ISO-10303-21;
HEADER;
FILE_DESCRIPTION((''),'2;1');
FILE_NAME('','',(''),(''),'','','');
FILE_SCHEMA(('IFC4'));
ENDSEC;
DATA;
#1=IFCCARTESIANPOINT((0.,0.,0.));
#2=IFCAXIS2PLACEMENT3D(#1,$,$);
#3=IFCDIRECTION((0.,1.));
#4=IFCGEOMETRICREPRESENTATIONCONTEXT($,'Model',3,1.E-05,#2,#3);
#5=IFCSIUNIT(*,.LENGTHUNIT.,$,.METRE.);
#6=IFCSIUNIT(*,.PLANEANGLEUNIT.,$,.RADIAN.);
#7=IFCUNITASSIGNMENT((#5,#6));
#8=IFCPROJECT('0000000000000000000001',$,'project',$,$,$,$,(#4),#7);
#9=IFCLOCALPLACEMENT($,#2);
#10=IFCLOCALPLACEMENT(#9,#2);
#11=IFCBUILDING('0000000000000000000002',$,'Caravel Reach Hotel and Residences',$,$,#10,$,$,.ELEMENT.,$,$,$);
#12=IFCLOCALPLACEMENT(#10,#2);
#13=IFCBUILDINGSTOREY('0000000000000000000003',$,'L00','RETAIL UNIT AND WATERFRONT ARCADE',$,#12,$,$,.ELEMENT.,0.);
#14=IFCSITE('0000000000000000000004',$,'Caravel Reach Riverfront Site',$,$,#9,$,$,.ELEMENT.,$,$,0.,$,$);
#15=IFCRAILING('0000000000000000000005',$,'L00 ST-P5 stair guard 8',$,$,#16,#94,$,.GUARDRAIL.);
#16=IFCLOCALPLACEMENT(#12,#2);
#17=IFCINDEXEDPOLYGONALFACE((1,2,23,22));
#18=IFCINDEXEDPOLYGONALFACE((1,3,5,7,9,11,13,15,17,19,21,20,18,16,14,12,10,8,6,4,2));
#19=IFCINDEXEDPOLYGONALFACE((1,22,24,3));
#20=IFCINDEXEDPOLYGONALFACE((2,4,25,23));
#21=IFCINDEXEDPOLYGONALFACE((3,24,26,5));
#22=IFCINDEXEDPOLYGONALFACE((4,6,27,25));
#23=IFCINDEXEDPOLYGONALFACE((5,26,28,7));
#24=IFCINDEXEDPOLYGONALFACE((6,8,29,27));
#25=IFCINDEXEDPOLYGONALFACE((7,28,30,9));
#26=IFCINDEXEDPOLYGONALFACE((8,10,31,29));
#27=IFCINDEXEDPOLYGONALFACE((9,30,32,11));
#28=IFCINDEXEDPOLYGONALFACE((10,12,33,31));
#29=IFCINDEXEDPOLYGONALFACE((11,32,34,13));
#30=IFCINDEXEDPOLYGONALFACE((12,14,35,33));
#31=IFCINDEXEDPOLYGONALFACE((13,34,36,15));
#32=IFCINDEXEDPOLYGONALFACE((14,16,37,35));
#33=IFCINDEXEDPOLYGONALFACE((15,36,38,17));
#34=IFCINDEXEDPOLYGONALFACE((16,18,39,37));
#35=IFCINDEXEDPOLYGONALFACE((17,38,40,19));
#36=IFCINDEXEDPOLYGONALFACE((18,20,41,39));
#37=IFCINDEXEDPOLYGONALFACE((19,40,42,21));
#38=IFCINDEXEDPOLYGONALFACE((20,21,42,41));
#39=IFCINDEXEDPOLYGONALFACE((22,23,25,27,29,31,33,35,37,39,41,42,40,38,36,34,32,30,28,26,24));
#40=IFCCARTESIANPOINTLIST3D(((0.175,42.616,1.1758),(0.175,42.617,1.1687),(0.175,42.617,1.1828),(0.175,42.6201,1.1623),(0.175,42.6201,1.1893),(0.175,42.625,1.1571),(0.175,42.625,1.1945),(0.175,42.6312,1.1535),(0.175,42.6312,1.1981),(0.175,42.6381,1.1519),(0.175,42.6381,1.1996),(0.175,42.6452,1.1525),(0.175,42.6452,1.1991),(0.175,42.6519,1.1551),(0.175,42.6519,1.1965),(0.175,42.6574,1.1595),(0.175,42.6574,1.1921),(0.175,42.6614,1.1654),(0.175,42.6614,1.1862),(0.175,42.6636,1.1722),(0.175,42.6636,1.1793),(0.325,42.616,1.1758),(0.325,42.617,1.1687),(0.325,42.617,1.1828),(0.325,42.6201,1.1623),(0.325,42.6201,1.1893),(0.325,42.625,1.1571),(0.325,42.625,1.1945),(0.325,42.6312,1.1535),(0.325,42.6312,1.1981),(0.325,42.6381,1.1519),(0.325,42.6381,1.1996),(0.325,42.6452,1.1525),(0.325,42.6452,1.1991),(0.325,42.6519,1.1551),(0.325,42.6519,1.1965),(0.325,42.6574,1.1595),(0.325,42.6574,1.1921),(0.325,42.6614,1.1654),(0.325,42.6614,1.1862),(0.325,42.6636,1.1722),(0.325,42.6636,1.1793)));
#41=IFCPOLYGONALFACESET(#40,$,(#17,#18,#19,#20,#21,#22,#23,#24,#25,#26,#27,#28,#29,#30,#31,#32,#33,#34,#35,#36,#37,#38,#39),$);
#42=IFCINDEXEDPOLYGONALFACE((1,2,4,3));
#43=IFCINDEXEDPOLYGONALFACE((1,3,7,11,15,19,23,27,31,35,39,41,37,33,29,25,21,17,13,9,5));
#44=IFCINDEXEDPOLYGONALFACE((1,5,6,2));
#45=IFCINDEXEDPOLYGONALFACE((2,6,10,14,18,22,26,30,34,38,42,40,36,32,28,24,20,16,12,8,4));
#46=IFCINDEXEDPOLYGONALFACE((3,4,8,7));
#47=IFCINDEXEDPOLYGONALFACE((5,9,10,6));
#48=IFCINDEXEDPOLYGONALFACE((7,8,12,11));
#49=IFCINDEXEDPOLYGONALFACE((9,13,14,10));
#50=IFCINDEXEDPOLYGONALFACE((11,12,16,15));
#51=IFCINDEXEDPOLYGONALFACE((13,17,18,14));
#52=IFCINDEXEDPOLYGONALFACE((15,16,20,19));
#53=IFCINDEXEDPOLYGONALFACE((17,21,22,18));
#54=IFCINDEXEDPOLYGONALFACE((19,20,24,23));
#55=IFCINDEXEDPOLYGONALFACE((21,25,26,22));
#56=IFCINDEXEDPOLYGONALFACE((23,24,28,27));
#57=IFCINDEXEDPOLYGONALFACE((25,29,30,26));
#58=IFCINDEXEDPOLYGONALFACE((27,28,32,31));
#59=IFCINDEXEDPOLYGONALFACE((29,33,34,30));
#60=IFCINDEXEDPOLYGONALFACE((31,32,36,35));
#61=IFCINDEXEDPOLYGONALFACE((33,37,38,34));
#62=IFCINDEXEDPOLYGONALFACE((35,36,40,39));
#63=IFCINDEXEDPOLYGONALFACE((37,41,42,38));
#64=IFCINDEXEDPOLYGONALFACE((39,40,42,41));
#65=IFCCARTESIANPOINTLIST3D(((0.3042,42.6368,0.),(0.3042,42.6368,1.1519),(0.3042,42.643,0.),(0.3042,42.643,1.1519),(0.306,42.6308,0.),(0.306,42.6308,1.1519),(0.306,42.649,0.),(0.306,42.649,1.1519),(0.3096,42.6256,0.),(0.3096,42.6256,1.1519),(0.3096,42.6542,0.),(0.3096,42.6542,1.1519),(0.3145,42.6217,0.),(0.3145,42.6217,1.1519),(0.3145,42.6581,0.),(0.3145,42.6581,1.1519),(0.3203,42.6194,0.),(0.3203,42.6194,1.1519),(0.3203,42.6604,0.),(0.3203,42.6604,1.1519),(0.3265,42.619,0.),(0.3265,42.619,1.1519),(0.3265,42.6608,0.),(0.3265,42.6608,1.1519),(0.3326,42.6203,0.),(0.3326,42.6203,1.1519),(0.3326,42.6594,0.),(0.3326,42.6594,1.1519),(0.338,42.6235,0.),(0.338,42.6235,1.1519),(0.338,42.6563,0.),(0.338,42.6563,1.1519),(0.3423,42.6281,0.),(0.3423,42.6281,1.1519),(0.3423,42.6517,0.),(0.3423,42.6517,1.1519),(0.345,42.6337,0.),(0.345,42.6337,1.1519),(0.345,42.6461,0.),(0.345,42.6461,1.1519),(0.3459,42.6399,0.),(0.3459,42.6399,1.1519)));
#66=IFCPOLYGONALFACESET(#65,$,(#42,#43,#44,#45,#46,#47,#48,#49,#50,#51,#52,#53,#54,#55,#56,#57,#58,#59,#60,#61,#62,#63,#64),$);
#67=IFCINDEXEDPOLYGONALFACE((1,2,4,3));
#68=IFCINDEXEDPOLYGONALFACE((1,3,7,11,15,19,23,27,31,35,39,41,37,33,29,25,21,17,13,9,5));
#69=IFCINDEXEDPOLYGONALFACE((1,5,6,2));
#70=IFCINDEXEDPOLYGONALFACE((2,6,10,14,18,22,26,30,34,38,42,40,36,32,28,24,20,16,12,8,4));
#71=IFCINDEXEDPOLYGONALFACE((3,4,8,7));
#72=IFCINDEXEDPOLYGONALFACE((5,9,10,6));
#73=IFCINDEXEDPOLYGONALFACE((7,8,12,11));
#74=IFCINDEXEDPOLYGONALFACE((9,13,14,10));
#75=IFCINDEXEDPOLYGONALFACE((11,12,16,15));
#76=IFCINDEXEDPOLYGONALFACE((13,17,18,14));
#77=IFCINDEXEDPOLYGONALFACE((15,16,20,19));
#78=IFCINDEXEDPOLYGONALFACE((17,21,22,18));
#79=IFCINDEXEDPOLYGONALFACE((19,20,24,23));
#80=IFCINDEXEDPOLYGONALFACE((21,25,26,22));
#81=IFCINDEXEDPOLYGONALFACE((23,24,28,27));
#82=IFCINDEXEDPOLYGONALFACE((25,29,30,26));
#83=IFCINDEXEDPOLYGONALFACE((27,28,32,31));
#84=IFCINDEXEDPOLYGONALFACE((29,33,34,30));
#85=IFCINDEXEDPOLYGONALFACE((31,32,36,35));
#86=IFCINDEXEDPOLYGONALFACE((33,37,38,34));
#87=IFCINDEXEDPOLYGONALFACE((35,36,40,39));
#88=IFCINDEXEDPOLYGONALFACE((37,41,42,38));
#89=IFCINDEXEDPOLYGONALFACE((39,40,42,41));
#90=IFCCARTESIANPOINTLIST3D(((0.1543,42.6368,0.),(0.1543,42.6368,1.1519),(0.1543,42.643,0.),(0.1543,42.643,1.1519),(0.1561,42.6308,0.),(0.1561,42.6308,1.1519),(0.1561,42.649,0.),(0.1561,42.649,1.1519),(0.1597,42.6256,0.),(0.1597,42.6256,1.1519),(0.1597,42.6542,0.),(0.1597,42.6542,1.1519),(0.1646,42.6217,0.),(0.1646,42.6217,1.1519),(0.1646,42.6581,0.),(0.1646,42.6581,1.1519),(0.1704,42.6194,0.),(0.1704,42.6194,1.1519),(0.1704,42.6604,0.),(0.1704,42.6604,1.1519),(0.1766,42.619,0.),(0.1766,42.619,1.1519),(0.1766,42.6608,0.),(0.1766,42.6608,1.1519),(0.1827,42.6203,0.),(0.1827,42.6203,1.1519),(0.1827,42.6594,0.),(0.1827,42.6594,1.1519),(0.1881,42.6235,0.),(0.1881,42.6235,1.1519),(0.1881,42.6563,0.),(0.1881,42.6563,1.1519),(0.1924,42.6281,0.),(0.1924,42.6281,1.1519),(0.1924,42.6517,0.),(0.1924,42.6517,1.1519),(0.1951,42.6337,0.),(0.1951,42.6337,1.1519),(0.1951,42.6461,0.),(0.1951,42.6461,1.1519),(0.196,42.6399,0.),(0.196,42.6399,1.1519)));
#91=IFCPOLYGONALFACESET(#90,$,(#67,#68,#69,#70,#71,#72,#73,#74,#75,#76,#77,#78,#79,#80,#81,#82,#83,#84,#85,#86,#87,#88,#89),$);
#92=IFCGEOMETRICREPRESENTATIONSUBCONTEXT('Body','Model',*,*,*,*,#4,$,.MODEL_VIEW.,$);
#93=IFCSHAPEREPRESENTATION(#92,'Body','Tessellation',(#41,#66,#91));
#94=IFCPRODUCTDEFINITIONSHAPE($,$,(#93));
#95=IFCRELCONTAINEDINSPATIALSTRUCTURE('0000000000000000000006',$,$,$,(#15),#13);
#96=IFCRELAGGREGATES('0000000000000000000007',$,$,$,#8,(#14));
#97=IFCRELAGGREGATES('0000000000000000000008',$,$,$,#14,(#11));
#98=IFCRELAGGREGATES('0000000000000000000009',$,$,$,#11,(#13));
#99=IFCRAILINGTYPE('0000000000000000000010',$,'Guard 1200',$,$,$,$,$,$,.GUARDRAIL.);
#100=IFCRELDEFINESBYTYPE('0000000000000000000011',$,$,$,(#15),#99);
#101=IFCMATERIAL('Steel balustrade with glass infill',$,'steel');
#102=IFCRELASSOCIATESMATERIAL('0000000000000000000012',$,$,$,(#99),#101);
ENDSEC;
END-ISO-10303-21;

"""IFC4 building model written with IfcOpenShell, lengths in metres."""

from ifc_helpers import new_model, si_unit, direction, frame, origin, origin_2d, place, context, subcontext, project, spatial, circle, extrude, material, type_object, element, save


model = new_model("IFC4")

# Units and contexts
model_context = context("Model", 3, precision=1e-05, world=origin(), true_north=direction((0.0, 1.0)))
body_context = subcontext(model_context, "Body", "Model", "MODEL_VIEW")
ifc_project = project(units=[si_unit("LENGTHUNIT", "METRE"), si_unit("PLANEANGLEUNIT", "RADIAN")], contexts=[model_context])

# Site, building, storey
site_placement = place(None, origin())
site = spatial("IfcSite", under=ifc_project, at=site_placement, Name="Caravel Reach Riverfront Site", CompositionType="ELEMENT", RefElevation=0.0)
building_placement = place(site_placement, origin())
building = spatial("IfcBuilding", under=site, at=building_placement, Name="Caravel Reach Hotel and Residences", CompositionType="ELEMENT")
storey_placement = place(building_placement, origin())
storey = spatial("IfcBuildingStorey", under=building, at=storey_placement, Name="L00", Description="RETAIL UNIT AND WATERFRONT ARCADE", CompositionType="ELEMENT", Elevation=0.0)

# Railing
ifc_material_1 = material(Name="Steel balustrade with glass infill", Category="steel")
railing_type_1 = type_object("IfcRailingType", Name="Guard 1200", PredefinedType="GUARDRAIL", material=ifc_material_1)
railing_1_placement = place(storey_placement, frame((0.325, 42.6399, 0.0)))
element("IfcRailing", 1, at=railing_1_placement, inside=storey, type_object=railing_type_1, Name="L00 ST-P5 stair guard 8", PredefinedType="GUARDRAIL", context=body_context, shape_type="SweptSolid", body=[
    extrude(circle(Radius=0.0239, at=origin_2d()), frame((0.0, 0.0, 1.1758), z_axis=(-1.0, 0.0, 0.0), x_axis=(0.0, -1.0, 0.0)), (0.0, 0.0, 1.0), 0.1499),
    extrude(circle(Radius=0.021, at=origin_2d()), origin(), (0.0, 0.0, 1.0), 1.1519),
    extrude(circle(Radius=0.021, at=origin_2d()), frame((-0.1499, 0.0, 0.0)), (0.0, 0.0, 1.0), 1.1519),
])

save(model, "model.ifc")
